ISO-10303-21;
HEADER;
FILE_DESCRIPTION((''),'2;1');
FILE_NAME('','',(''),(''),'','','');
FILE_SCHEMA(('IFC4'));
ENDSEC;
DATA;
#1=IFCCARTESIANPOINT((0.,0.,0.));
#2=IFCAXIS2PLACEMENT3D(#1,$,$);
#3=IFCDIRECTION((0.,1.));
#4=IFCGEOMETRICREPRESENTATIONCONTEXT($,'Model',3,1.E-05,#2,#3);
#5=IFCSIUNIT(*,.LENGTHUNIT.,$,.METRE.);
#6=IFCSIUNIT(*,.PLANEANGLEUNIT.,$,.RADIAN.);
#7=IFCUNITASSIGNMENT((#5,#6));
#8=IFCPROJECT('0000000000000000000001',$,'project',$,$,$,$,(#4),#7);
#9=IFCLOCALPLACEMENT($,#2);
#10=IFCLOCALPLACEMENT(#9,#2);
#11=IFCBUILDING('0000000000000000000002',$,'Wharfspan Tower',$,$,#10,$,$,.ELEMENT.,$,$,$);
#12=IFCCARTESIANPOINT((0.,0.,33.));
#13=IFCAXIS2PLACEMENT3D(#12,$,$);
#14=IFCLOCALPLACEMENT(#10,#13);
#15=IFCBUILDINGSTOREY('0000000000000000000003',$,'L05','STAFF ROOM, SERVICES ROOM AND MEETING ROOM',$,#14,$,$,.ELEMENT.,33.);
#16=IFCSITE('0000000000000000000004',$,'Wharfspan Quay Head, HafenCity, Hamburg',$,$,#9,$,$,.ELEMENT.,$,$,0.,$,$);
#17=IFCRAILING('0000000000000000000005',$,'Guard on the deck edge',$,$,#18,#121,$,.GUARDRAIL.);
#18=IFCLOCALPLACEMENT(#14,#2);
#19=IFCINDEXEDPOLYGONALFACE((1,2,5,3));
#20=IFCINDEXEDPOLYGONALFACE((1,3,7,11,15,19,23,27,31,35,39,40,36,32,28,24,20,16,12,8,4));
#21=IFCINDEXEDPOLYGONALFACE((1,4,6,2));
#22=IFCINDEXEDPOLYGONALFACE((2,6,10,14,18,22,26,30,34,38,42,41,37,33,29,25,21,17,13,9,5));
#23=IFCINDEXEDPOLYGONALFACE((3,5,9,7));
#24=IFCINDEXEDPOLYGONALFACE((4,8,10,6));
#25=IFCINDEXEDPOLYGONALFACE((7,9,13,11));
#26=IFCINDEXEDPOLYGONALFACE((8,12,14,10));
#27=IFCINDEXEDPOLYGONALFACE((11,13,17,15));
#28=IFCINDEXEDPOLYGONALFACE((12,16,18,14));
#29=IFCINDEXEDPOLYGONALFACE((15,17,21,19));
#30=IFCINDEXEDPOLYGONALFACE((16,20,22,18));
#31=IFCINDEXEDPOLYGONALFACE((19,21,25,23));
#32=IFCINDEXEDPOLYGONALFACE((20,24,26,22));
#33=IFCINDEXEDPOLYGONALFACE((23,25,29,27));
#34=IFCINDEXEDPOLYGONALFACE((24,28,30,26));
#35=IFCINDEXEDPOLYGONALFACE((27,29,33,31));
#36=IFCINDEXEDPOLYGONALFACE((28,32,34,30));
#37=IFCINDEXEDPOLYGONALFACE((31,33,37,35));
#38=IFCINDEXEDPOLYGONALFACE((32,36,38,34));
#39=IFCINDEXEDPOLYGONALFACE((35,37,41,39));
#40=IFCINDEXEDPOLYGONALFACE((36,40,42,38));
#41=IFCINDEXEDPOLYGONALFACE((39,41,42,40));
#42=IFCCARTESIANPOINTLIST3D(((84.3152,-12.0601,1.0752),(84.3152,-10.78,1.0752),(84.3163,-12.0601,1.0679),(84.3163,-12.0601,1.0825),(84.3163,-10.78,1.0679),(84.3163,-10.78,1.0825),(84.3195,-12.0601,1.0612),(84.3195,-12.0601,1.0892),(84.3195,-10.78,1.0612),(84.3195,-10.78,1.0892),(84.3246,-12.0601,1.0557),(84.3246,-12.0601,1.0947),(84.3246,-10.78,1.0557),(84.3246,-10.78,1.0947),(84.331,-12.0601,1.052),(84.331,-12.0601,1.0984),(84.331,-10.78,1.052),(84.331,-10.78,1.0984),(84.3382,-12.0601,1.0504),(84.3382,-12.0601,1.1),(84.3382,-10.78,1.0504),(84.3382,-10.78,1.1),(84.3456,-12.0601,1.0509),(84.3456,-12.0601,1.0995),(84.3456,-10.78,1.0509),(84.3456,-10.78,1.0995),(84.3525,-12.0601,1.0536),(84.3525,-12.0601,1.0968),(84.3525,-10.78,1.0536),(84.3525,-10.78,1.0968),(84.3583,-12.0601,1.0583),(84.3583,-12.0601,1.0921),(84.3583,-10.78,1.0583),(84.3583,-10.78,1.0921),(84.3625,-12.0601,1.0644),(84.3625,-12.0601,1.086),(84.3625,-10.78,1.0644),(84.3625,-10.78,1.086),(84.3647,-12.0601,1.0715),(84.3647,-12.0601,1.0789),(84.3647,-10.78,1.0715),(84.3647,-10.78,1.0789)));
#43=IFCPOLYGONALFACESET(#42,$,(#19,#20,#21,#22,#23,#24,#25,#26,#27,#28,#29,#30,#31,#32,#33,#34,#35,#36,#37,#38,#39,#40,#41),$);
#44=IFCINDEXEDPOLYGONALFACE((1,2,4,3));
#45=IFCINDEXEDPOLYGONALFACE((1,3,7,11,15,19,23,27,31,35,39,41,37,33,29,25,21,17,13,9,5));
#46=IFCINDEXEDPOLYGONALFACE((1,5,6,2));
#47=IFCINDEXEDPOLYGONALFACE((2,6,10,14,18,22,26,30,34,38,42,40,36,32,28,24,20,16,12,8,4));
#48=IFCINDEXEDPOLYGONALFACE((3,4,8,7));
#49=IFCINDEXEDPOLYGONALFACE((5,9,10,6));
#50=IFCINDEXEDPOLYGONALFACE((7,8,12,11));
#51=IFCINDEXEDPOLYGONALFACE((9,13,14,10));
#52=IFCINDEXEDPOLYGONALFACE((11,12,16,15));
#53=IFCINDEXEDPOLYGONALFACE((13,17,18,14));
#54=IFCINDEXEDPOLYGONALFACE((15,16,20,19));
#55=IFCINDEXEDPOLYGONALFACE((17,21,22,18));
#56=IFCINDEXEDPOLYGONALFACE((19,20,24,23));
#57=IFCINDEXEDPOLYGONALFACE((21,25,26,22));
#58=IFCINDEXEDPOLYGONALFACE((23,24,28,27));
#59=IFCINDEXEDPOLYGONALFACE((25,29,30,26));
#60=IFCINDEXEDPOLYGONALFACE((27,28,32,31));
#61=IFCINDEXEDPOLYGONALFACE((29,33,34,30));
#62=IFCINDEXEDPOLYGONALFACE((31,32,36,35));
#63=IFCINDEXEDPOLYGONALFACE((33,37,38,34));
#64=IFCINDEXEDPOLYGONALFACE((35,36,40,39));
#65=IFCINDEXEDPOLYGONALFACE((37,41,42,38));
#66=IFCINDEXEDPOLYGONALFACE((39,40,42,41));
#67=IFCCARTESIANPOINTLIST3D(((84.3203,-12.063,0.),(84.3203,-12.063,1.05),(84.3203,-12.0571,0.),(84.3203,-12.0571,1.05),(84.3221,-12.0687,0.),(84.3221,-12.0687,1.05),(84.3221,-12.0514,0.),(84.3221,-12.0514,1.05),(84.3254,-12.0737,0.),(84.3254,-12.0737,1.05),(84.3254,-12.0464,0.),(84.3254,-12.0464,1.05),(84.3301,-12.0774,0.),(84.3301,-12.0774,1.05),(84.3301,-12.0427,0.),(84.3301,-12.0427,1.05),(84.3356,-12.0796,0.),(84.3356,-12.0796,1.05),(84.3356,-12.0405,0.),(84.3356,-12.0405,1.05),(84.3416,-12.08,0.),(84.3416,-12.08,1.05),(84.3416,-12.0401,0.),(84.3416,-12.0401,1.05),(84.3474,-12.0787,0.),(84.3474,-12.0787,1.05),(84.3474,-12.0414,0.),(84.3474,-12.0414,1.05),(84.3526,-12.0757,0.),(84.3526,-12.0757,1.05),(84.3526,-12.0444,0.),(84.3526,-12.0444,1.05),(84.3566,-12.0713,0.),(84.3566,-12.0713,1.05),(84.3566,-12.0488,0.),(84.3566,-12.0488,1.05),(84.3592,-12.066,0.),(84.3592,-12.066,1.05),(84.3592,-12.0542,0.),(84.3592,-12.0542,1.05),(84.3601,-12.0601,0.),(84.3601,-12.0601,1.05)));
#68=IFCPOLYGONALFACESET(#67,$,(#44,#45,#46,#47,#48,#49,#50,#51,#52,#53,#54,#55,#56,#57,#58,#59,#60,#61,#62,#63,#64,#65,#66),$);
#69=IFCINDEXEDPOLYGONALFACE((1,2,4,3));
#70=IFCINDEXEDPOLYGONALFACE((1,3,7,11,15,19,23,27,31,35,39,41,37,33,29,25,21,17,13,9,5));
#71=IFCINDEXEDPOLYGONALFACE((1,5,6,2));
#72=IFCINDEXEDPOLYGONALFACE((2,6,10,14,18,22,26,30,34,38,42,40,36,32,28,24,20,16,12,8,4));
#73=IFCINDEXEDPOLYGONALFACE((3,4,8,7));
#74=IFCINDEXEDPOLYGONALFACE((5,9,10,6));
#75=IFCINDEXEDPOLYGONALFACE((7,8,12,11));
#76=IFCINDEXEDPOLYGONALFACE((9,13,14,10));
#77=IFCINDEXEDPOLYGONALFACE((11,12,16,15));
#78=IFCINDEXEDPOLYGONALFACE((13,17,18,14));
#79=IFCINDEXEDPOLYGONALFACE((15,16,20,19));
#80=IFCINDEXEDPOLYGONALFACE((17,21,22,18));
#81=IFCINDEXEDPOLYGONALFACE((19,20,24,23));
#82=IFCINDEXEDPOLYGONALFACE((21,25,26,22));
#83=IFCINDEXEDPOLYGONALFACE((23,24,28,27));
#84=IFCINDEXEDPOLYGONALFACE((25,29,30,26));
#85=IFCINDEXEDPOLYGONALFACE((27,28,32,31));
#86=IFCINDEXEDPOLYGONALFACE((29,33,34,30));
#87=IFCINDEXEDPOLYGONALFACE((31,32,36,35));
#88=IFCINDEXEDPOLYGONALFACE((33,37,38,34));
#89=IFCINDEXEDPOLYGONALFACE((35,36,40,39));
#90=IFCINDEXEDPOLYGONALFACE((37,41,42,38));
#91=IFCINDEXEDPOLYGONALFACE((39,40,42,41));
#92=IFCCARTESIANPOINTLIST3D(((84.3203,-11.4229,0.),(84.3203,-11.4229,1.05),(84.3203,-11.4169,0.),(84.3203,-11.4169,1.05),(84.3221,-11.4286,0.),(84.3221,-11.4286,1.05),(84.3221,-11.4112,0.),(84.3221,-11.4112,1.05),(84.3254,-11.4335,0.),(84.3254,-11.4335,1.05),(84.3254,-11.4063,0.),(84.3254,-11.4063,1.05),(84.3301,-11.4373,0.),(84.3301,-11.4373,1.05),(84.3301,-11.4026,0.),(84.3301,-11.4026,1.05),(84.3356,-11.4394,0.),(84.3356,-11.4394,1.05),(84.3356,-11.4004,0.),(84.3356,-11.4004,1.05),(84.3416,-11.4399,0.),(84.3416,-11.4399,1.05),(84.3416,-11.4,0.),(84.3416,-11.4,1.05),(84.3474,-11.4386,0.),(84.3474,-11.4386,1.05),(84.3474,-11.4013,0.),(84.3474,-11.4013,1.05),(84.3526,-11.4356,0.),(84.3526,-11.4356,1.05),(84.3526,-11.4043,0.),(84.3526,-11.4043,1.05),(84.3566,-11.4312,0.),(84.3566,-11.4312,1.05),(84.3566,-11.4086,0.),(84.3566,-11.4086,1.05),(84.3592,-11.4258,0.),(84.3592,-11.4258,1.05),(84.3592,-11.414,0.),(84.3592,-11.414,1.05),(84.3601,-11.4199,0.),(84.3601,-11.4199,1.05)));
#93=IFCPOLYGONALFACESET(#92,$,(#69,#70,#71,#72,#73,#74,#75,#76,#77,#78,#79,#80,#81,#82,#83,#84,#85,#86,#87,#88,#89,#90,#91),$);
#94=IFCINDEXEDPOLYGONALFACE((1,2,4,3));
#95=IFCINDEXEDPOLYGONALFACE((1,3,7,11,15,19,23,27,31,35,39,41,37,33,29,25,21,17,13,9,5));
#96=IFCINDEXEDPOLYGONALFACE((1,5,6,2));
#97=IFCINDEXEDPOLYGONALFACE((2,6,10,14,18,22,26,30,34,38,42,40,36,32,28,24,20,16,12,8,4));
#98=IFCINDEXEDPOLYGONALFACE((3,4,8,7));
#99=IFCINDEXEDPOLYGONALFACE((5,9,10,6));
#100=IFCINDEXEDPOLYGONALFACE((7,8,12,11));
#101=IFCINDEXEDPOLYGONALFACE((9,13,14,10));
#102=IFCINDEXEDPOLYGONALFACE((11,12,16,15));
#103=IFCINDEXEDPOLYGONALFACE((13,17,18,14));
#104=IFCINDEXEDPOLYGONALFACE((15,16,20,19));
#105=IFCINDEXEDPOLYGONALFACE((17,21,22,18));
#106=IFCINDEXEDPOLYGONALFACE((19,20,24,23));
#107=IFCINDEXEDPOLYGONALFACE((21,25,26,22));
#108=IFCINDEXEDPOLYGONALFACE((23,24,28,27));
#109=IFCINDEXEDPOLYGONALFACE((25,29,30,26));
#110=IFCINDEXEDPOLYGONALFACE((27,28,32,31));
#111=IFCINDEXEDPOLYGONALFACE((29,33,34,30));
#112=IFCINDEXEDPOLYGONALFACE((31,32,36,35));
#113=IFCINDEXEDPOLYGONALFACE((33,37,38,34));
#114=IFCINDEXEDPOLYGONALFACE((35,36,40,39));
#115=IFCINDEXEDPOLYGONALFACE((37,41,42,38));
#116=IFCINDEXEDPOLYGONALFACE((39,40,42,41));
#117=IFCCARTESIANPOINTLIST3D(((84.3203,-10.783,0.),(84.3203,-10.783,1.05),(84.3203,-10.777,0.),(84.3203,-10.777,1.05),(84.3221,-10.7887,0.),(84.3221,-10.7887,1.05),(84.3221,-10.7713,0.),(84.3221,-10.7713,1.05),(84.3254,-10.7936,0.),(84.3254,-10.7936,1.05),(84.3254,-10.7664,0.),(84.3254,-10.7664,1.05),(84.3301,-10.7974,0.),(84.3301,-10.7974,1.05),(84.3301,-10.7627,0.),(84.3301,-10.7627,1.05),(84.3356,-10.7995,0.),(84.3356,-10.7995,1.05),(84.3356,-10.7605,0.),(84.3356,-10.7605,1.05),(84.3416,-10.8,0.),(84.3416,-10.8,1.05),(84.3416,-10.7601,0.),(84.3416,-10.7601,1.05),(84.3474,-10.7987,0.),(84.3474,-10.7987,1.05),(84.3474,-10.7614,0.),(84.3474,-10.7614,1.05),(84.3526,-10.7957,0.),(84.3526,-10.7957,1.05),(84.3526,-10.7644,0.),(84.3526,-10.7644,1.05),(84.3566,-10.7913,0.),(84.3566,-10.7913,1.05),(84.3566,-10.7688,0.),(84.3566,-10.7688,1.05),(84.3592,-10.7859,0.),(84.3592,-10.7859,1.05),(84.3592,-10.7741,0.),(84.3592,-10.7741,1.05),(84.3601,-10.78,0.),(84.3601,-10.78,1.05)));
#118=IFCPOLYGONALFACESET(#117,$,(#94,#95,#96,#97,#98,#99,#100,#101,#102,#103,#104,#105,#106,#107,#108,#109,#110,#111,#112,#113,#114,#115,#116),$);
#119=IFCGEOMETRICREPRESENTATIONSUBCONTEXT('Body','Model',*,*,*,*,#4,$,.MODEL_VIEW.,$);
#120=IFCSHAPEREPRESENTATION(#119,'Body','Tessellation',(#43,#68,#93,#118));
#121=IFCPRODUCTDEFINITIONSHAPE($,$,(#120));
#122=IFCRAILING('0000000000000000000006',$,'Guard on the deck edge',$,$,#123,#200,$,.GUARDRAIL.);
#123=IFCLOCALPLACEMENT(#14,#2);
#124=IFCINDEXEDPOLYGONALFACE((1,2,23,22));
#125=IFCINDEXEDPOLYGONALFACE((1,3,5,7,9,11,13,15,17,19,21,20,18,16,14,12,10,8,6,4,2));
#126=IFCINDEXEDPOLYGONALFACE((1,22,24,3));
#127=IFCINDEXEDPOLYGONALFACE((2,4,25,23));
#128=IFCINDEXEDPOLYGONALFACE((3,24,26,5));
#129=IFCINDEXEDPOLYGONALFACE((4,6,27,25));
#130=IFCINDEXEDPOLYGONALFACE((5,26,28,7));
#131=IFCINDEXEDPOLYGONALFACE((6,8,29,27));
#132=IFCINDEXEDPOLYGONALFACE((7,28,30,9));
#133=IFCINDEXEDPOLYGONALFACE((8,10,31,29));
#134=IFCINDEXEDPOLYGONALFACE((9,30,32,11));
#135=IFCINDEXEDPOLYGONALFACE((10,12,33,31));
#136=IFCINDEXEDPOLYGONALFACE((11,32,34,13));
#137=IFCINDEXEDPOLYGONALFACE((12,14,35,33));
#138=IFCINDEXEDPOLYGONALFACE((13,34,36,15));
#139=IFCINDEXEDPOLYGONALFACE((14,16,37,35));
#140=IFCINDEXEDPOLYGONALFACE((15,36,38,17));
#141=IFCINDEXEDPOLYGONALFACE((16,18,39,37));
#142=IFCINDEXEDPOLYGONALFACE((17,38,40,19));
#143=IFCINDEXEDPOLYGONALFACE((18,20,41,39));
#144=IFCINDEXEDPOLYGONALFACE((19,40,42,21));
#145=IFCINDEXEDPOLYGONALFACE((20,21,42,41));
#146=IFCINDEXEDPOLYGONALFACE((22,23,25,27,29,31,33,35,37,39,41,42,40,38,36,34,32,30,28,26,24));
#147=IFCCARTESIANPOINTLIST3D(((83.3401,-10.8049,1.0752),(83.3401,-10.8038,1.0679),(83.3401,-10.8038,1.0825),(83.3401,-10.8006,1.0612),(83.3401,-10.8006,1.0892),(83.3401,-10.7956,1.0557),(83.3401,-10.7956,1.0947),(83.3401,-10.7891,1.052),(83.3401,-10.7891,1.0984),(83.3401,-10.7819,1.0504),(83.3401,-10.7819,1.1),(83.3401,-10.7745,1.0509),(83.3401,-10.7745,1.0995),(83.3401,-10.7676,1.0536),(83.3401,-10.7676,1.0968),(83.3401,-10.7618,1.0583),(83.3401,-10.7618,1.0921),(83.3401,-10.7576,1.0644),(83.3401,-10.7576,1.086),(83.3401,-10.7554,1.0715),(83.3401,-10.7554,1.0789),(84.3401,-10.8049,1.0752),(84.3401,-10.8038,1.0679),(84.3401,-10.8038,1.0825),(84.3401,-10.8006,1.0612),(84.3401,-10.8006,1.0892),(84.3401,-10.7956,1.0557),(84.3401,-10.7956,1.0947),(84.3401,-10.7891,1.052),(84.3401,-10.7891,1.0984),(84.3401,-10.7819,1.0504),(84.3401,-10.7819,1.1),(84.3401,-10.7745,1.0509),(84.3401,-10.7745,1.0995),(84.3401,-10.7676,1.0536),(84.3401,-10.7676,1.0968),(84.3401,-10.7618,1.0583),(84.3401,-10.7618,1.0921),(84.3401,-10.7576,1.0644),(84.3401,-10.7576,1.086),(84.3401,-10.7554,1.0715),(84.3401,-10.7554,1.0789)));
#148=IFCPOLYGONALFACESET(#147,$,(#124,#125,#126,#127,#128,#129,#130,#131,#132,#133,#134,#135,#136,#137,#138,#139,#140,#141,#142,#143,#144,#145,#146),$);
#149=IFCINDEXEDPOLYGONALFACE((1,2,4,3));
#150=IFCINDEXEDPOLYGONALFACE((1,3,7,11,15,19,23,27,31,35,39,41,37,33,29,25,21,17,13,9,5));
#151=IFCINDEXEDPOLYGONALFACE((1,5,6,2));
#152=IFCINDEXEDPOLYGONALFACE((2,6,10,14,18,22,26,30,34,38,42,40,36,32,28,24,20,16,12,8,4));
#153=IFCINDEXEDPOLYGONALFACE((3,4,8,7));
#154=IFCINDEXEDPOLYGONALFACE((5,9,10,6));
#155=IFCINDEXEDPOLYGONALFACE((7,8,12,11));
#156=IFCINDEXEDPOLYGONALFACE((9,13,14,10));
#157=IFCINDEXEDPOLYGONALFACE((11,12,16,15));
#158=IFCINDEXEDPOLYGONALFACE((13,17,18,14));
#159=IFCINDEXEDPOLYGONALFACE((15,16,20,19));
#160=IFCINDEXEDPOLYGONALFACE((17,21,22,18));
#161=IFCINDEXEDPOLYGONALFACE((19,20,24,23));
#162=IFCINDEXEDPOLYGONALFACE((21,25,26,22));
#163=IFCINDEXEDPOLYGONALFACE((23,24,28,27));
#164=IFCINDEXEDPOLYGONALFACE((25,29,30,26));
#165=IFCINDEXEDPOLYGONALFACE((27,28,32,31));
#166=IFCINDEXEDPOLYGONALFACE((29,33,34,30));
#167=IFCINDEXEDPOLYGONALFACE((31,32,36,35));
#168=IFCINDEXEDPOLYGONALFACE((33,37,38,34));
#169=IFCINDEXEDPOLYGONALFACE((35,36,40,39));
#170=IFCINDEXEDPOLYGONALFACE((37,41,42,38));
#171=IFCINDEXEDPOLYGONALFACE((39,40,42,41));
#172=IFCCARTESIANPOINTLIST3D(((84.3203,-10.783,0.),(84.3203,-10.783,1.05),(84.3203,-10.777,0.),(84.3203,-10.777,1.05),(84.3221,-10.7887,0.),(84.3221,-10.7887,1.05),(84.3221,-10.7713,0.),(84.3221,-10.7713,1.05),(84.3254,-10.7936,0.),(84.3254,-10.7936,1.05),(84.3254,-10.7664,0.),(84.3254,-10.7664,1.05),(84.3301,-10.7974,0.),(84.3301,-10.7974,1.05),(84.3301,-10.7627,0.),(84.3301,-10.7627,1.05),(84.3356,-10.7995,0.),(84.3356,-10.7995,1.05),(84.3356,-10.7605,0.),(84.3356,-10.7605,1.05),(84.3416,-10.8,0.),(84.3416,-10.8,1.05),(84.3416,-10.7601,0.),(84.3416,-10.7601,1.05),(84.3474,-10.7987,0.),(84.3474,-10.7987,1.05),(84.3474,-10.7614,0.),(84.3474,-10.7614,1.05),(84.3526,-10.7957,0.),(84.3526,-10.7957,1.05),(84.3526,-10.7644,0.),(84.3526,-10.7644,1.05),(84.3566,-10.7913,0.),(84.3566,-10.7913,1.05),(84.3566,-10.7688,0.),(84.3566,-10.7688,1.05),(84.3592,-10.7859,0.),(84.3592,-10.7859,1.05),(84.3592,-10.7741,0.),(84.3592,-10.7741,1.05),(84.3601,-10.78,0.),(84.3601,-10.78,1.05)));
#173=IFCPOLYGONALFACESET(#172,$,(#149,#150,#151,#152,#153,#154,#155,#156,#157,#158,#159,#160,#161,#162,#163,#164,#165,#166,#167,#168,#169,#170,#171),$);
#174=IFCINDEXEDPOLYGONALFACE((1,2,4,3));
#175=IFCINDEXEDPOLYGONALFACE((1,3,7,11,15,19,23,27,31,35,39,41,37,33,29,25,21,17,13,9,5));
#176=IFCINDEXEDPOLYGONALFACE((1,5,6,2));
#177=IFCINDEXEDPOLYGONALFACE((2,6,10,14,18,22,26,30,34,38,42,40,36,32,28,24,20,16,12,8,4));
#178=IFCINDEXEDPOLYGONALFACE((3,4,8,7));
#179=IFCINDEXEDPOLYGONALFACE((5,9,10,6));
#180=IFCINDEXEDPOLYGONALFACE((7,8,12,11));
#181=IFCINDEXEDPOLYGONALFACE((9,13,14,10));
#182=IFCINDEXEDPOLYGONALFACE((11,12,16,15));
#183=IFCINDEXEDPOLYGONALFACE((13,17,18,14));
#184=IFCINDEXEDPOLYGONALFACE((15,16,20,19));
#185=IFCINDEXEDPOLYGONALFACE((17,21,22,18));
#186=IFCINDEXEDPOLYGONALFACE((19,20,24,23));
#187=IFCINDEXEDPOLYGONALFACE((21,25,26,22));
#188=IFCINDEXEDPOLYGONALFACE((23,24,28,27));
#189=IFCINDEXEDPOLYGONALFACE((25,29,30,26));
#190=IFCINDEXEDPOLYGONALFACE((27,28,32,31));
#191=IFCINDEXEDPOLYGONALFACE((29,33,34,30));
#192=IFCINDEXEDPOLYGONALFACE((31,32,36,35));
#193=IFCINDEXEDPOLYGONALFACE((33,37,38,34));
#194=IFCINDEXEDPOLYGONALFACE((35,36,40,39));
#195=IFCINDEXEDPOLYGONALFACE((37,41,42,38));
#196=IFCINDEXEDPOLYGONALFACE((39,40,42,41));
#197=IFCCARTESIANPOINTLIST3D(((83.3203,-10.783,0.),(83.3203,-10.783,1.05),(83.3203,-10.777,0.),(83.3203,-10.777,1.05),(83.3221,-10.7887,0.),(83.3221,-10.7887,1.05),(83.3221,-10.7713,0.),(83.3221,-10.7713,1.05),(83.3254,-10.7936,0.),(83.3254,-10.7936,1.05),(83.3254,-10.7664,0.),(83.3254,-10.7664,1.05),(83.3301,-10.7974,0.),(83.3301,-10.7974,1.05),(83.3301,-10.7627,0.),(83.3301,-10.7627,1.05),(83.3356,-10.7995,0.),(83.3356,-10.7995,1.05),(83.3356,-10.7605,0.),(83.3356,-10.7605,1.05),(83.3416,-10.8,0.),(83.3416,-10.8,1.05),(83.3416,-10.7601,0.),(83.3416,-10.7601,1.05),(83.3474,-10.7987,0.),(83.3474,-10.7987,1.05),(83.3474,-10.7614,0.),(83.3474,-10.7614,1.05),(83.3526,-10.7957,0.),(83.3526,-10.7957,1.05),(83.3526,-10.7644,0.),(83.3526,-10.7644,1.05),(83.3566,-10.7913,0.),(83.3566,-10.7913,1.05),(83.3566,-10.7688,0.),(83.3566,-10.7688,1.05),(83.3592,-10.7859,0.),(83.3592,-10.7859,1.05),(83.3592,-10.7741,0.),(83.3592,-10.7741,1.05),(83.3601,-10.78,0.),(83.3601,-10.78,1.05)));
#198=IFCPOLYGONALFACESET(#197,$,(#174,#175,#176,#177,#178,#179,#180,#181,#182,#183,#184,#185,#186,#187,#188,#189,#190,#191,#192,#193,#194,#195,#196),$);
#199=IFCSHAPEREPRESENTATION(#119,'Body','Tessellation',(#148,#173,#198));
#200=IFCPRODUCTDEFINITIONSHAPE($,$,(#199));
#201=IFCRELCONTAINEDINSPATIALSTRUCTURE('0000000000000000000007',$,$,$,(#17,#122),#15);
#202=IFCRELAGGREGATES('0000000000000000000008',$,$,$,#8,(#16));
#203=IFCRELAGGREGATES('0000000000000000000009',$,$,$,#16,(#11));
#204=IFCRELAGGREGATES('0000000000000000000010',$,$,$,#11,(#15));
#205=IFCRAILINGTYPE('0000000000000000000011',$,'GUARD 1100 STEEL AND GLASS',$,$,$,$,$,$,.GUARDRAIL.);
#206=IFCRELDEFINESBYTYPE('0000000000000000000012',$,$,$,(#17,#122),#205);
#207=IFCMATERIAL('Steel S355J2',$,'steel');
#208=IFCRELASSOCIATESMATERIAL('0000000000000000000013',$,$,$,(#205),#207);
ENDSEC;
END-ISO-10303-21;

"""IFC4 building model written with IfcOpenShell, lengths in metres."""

from ifc_helpers import new_model, si_unit, direction, frame, origin, origin_2d, place, context, subcontext, project, spatial, circle, extrude, material, type_object, element, save


model = new_model("IFC4")

# Units and contexts
model_context = context("Model", 3, precision=1e-05, world=origin(), true_north=direction((0.0, 1.0)))
body_context = subcontext(model_context, "Body", "Model", "MODEL_VIEW")
ifc_project = project(units=[si_unit("LENGTHUNIT", "METRE"), si_unit("PLANEANGLEUNIT", "RADIAN")], contexts=[model_context])

# Site, building, storey
site_placement = place(None, origin())
site = spatial("IfcSite", under=ifc_project, at=site_placement, Name="Wharfspan Quay Head, HafenCity, Hamburg", CompositionType="ELEMENT", RefElevation=0.0)
building_placement = place(site_placement, origin())
building = spatial("IfcBuilding", under=site, at=building_placement, Name="Wharfspan Tower", CompositionType="ELEMENT")
storey_placement = place(building_placement, frame((0.0, 0.0, 33.0)))
storey = spatial("IfcBuildingStorey", under=building, at=storey_placement, Name="L05", Description="STAFF ROOM, SERVICES ROOM AND MEETING ROOM", CompositionType="ELEMENT", Elevation=33.0)

# Railings
ifc_material_1 = material(Name="Steel S355J2", Category="steel")
railing_type = type_object("IfcRailingType", Name="GUARD 1100 STEEL AND GLASS", PredefinedType="GUARDRAIL", material=ifc_material_1)
railing_1_placement = place(storey_placement, frame((84.3401, -12.0601, 0.0)))
element("IfcRailing", 1, at=railing_1_placement, inside=storey, type_object=railing_type, Name="Guard on the deck edge", PredefinedType="GUARDRAIL", context=body_context, shape_type="SweptSolid", body=[
    extrude(circle(Radius=0.0249, at=origin_2d()), frame((0.0, 0.0, 1.0752), z_axis=(0.0, 1.0, 0.0), x_axis=(-1.0, 0.0, 0.0)), (0.0, 0.0, 1.0), 1.28),
    extrude(circle(Radius=0.02, at=origin_2d()), origin(), (0.0, 0.0, 1.0), 1.05),
    extrude(circle(Radius=0.02, at=origin_2d()), frame((0.0, 0.6401, 0.0)), (0.0, 0.0, 1.0), 1.05),
    extrude(circle(Radius=0.02, at=origin_2d()), frame((0.0, 1.28, 0.0)), (0.0, 0.0, 1.0), 1.05),
])
railing_2_placement = place(storey_placement, frame((84.3401, -10.78, 0.0)))
element("IfcRailing", 2, at=railing_2_placement, inside=storey, type_object=railing_type, Name="Guard on the deck edge", PredefinedType="GUARDRAIL", context=body_context, shape_type="SweptSolid", body=[
    extrude(circle(Radius=0.0249, at=origin_2d()), frame((0.0, 0.0, 1.0752), z_axis=(-1.0, 0.0, 0.0), x_axis=(0.0, -1.0, 0.0)), (0.0, 0.0, 1.0), 1.0),
    extrude(circle(Radius=0.02, at=origin_2d()), origin(), (0.0, 0.0, 1.0), 1.05),
    extrude(circle(Radius=0.02, at=origin_2d()), frame((-1.0, 0.0, 0.0)), (0.0, 0.0, 1.0), 1.05),
])

save(model, "model.ifc")
